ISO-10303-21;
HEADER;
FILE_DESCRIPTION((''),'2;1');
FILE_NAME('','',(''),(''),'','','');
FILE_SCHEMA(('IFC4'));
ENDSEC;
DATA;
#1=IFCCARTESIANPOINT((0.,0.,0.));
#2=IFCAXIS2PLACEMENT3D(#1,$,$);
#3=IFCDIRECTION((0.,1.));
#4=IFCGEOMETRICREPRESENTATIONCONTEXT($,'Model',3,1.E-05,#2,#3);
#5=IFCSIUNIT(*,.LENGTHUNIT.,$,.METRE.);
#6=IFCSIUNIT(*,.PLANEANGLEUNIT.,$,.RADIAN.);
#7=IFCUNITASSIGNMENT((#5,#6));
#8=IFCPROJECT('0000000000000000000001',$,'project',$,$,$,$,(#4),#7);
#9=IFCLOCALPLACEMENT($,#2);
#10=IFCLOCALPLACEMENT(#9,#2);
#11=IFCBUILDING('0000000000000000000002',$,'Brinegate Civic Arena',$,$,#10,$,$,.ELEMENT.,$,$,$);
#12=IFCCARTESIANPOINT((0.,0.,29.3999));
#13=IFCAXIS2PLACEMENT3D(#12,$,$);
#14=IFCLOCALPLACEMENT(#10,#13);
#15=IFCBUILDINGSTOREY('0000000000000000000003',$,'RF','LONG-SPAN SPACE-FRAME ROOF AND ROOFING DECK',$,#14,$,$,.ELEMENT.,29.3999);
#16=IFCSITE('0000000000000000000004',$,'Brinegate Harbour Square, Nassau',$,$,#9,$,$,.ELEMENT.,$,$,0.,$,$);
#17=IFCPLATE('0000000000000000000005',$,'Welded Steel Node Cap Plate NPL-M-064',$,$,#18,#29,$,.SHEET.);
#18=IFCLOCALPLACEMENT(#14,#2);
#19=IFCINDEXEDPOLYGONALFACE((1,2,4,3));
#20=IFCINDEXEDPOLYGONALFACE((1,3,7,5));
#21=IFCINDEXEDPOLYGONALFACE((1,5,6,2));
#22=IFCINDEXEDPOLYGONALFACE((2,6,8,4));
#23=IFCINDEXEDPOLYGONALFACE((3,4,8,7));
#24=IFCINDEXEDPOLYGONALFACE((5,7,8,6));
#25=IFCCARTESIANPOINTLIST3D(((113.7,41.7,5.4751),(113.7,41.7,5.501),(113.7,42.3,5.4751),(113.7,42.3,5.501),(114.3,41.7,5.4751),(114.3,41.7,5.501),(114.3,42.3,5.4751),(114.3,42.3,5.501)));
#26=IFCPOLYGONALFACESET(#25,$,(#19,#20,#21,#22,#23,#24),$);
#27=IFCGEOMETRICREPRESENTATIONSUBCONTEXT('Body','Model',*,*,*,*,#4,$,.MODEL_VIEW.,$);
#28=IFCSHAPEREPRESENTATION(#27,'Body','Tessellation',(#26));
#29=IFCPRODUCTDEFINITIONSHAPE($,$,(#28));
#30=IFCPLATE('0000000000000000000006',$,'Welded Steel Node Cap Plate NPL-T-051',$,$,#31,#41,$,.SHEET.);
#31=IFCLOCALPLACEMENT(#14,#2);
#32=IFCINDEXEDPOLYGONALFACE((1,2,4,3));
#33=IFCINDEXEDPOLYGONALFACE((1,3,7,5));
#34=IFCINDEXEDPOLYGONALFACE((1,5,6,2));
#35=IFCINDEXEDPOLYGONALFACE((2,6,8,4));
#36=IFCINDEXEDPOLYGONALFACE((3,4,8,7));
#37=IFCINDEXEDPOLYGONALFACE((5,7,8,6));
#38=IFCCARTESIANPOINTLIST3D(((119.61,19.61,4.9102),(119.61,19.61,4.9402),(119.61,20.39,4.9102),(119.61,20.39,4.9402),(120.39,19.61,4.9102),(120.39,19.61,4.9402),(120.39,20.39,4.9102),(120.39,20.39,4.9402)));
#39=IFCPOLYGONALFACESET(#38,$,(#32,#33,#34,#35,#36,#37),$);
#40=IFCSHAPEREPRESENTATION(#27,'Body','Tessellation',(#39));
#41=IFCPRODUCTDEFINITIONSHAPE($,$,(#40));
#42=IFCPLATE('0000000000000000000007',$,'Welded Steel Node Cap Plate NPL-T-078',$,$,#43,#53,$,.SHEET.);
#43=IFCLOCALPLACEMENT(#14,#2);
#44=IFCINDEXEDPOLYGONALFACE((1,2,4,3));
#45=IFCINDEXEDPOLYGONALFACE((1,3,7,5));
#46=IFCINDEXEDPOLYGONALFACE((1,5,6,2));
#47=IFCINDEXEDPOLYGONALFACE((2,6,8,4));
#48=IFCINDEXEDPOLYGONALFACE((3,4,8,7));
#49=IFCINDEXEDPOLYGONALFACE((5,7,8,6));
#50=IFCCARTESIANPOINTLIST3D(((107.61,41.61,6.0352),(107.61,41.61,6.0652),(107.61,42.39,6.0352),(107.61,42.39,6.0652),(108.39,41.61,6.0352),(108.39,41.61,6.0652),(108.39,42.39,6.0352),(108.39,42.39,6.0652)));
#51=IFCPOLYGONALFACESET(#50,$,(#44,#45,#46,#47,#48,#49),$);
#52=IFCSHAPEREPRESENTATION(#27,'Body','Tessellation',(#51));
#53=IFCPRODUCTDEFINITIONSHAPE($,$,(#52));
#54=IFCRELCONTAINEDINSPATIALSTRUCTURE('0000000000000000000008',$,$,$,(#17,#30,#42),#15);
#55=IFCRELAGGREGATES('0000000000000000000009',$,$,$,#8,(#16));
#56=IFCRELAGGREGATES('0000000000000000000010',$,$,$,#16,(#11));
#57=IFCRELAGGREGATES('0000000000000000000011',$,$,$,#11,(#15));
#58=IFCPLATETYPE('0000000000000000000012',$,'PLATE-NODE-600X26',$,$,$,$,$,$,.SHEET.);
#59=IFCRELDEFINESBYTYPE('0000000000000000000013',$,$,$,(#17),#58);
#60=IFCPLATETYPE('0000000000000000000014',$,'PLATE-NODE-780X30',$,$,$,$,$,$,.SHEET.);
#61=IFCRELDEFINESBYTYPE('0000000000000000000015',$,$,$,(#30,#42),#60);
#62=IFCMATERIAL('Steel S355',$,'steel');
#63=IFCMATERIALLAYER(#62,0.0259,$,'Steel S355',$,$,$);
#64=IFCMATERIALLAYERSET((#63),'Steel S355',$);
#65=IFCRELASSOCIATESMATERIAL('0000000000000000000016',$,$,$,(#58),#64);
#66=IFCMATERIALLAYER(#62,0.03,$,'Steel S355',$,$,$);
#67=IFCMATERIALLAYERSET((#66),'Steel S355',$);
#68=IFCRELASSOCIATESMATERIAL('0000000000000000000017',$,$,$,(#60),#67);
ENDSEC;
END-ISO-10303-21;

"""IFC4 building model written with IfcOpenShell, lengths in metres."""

from ifc_helpers import new_model, si_unit, direction, frame, origin, origin_2d, place, context, subcontext, project, spatial, rectangle, extrude, material, layer, layer_set, type_object, element, save


model = new_model("IFC4")

# Units and contexts
model_context = context("Model", 3, precision=1e-05, world=origin(), true_north=direction((0.0, 1.0)))
body_context = subcontext(model_context, "Body", "Model", "MODEL_VIEW")
ifc_project = project(units=[si_unit("LENGTHUNIT", "METRE"), si_unit("PLANEANGLEUNIT", "RADIAN")], contexts=[model_context])

# Site, building, storey
site_placement = place(None, origin())
site = spatial("IfcSite", under=ifc_project, at=site_placement, Name="Brinegate Harbour Square, Nassau", CompositionType="ELEMENT", RefElevation=0.0)
building_placement = place(site_placement, origin())
building = spatial("IfcBuilding", under=site, at=building_placement, Name="Brinegate Civic Arena", CompositionType="ELEMENT")
storey_placement = place(building_placement, frame((0.0, 0.0, 29.3999)))
storey = spatial("IfcBuildingStorey", under=building, at=storey_placement, Name="RF", Description="LONG-SPAN SPACE-FRAME ROOF AND ROOFING DECK", CompositionType="ELEMENT", Elevation=29.3999)

# Shared definitions
ifc_material = material(Name="Steel S355", Category="steel")

# Plates
ifc_layer_1 = layer(ifc_material, 0.0259, Name="Steel S355")
ifc_layer_set_1 = layer_set([ifc_layer_1], Name="Steel S355")
plate_type_1 = type_object("IfcPlateType", Name="PLATE-NODE-600X26", PredefinedType="SHEET", material=ifc_layer_set_1)
for number, where, z_axis, x_axis, name in (
    (1, (114.0, 42.0, 5.4751), (0.0, 0.0, 1.0), (1.0, 0.0, 0.0), "Welded Steel Node Cap Plate NPL-M-064"),
):
    element("IfcPlate", number, at=place(storey_placement, frame(where, z_axis=z_axis, x_axis=x_axis)), inside=storey, type_object=plate_type_1, Name=name, PredefinedType="SHEET", context=body_context, shape_type="SweptSolid", body=[
        extrude(rectangle(XDim=0.6001, YDim=0.6001, at=origin_2d()), origin(), (0.0, 0.0, 1.0), 0.0259),
    ])
ifc_layer_2 = layer(ifc_material, 0.03, Name="Steel S355")
ifc_layer_set_2 = layer_set([ifc_layer_2], Name="Steel S355")
plate_type_2 = type_object("IfcPlateType", Name="PLATE-NODE-780X30", PredefinedType="SHEET", material=ifc_layer_set_2)
for number, where, z_axis, x_axis, name in (
    (2, (120.0, 20.0, 4.9102), (0.0, 0.0, 1.0), (1.0, 0.0, 0.0), "Welded Steel Node Cap Plate NPL-T-051"),
    (3, (108.0, 42.0, 6.0352), (0.0, 0.0, 1.0), (1.0, 0.0, 0.0), "Welded Steel Node Cap Plate NPL-T-078"),
):
    element("IfcPlate", number, at=place(storey_placement, frame(where, z_axis=z_axis, x_axis=x_axis)), inside=storey, type_object=plate_type_2, Name=name, PredefinedType="SHEET", context=body_context, shape_type="SweptSolid", body=[
        extrude(rectangle(XDim=0.78, YDim=0.78, at=origin_2d()), origin(), (0.0, 0.0, 1.0), 0.03),
    ])

save(model, "model.ifc")
